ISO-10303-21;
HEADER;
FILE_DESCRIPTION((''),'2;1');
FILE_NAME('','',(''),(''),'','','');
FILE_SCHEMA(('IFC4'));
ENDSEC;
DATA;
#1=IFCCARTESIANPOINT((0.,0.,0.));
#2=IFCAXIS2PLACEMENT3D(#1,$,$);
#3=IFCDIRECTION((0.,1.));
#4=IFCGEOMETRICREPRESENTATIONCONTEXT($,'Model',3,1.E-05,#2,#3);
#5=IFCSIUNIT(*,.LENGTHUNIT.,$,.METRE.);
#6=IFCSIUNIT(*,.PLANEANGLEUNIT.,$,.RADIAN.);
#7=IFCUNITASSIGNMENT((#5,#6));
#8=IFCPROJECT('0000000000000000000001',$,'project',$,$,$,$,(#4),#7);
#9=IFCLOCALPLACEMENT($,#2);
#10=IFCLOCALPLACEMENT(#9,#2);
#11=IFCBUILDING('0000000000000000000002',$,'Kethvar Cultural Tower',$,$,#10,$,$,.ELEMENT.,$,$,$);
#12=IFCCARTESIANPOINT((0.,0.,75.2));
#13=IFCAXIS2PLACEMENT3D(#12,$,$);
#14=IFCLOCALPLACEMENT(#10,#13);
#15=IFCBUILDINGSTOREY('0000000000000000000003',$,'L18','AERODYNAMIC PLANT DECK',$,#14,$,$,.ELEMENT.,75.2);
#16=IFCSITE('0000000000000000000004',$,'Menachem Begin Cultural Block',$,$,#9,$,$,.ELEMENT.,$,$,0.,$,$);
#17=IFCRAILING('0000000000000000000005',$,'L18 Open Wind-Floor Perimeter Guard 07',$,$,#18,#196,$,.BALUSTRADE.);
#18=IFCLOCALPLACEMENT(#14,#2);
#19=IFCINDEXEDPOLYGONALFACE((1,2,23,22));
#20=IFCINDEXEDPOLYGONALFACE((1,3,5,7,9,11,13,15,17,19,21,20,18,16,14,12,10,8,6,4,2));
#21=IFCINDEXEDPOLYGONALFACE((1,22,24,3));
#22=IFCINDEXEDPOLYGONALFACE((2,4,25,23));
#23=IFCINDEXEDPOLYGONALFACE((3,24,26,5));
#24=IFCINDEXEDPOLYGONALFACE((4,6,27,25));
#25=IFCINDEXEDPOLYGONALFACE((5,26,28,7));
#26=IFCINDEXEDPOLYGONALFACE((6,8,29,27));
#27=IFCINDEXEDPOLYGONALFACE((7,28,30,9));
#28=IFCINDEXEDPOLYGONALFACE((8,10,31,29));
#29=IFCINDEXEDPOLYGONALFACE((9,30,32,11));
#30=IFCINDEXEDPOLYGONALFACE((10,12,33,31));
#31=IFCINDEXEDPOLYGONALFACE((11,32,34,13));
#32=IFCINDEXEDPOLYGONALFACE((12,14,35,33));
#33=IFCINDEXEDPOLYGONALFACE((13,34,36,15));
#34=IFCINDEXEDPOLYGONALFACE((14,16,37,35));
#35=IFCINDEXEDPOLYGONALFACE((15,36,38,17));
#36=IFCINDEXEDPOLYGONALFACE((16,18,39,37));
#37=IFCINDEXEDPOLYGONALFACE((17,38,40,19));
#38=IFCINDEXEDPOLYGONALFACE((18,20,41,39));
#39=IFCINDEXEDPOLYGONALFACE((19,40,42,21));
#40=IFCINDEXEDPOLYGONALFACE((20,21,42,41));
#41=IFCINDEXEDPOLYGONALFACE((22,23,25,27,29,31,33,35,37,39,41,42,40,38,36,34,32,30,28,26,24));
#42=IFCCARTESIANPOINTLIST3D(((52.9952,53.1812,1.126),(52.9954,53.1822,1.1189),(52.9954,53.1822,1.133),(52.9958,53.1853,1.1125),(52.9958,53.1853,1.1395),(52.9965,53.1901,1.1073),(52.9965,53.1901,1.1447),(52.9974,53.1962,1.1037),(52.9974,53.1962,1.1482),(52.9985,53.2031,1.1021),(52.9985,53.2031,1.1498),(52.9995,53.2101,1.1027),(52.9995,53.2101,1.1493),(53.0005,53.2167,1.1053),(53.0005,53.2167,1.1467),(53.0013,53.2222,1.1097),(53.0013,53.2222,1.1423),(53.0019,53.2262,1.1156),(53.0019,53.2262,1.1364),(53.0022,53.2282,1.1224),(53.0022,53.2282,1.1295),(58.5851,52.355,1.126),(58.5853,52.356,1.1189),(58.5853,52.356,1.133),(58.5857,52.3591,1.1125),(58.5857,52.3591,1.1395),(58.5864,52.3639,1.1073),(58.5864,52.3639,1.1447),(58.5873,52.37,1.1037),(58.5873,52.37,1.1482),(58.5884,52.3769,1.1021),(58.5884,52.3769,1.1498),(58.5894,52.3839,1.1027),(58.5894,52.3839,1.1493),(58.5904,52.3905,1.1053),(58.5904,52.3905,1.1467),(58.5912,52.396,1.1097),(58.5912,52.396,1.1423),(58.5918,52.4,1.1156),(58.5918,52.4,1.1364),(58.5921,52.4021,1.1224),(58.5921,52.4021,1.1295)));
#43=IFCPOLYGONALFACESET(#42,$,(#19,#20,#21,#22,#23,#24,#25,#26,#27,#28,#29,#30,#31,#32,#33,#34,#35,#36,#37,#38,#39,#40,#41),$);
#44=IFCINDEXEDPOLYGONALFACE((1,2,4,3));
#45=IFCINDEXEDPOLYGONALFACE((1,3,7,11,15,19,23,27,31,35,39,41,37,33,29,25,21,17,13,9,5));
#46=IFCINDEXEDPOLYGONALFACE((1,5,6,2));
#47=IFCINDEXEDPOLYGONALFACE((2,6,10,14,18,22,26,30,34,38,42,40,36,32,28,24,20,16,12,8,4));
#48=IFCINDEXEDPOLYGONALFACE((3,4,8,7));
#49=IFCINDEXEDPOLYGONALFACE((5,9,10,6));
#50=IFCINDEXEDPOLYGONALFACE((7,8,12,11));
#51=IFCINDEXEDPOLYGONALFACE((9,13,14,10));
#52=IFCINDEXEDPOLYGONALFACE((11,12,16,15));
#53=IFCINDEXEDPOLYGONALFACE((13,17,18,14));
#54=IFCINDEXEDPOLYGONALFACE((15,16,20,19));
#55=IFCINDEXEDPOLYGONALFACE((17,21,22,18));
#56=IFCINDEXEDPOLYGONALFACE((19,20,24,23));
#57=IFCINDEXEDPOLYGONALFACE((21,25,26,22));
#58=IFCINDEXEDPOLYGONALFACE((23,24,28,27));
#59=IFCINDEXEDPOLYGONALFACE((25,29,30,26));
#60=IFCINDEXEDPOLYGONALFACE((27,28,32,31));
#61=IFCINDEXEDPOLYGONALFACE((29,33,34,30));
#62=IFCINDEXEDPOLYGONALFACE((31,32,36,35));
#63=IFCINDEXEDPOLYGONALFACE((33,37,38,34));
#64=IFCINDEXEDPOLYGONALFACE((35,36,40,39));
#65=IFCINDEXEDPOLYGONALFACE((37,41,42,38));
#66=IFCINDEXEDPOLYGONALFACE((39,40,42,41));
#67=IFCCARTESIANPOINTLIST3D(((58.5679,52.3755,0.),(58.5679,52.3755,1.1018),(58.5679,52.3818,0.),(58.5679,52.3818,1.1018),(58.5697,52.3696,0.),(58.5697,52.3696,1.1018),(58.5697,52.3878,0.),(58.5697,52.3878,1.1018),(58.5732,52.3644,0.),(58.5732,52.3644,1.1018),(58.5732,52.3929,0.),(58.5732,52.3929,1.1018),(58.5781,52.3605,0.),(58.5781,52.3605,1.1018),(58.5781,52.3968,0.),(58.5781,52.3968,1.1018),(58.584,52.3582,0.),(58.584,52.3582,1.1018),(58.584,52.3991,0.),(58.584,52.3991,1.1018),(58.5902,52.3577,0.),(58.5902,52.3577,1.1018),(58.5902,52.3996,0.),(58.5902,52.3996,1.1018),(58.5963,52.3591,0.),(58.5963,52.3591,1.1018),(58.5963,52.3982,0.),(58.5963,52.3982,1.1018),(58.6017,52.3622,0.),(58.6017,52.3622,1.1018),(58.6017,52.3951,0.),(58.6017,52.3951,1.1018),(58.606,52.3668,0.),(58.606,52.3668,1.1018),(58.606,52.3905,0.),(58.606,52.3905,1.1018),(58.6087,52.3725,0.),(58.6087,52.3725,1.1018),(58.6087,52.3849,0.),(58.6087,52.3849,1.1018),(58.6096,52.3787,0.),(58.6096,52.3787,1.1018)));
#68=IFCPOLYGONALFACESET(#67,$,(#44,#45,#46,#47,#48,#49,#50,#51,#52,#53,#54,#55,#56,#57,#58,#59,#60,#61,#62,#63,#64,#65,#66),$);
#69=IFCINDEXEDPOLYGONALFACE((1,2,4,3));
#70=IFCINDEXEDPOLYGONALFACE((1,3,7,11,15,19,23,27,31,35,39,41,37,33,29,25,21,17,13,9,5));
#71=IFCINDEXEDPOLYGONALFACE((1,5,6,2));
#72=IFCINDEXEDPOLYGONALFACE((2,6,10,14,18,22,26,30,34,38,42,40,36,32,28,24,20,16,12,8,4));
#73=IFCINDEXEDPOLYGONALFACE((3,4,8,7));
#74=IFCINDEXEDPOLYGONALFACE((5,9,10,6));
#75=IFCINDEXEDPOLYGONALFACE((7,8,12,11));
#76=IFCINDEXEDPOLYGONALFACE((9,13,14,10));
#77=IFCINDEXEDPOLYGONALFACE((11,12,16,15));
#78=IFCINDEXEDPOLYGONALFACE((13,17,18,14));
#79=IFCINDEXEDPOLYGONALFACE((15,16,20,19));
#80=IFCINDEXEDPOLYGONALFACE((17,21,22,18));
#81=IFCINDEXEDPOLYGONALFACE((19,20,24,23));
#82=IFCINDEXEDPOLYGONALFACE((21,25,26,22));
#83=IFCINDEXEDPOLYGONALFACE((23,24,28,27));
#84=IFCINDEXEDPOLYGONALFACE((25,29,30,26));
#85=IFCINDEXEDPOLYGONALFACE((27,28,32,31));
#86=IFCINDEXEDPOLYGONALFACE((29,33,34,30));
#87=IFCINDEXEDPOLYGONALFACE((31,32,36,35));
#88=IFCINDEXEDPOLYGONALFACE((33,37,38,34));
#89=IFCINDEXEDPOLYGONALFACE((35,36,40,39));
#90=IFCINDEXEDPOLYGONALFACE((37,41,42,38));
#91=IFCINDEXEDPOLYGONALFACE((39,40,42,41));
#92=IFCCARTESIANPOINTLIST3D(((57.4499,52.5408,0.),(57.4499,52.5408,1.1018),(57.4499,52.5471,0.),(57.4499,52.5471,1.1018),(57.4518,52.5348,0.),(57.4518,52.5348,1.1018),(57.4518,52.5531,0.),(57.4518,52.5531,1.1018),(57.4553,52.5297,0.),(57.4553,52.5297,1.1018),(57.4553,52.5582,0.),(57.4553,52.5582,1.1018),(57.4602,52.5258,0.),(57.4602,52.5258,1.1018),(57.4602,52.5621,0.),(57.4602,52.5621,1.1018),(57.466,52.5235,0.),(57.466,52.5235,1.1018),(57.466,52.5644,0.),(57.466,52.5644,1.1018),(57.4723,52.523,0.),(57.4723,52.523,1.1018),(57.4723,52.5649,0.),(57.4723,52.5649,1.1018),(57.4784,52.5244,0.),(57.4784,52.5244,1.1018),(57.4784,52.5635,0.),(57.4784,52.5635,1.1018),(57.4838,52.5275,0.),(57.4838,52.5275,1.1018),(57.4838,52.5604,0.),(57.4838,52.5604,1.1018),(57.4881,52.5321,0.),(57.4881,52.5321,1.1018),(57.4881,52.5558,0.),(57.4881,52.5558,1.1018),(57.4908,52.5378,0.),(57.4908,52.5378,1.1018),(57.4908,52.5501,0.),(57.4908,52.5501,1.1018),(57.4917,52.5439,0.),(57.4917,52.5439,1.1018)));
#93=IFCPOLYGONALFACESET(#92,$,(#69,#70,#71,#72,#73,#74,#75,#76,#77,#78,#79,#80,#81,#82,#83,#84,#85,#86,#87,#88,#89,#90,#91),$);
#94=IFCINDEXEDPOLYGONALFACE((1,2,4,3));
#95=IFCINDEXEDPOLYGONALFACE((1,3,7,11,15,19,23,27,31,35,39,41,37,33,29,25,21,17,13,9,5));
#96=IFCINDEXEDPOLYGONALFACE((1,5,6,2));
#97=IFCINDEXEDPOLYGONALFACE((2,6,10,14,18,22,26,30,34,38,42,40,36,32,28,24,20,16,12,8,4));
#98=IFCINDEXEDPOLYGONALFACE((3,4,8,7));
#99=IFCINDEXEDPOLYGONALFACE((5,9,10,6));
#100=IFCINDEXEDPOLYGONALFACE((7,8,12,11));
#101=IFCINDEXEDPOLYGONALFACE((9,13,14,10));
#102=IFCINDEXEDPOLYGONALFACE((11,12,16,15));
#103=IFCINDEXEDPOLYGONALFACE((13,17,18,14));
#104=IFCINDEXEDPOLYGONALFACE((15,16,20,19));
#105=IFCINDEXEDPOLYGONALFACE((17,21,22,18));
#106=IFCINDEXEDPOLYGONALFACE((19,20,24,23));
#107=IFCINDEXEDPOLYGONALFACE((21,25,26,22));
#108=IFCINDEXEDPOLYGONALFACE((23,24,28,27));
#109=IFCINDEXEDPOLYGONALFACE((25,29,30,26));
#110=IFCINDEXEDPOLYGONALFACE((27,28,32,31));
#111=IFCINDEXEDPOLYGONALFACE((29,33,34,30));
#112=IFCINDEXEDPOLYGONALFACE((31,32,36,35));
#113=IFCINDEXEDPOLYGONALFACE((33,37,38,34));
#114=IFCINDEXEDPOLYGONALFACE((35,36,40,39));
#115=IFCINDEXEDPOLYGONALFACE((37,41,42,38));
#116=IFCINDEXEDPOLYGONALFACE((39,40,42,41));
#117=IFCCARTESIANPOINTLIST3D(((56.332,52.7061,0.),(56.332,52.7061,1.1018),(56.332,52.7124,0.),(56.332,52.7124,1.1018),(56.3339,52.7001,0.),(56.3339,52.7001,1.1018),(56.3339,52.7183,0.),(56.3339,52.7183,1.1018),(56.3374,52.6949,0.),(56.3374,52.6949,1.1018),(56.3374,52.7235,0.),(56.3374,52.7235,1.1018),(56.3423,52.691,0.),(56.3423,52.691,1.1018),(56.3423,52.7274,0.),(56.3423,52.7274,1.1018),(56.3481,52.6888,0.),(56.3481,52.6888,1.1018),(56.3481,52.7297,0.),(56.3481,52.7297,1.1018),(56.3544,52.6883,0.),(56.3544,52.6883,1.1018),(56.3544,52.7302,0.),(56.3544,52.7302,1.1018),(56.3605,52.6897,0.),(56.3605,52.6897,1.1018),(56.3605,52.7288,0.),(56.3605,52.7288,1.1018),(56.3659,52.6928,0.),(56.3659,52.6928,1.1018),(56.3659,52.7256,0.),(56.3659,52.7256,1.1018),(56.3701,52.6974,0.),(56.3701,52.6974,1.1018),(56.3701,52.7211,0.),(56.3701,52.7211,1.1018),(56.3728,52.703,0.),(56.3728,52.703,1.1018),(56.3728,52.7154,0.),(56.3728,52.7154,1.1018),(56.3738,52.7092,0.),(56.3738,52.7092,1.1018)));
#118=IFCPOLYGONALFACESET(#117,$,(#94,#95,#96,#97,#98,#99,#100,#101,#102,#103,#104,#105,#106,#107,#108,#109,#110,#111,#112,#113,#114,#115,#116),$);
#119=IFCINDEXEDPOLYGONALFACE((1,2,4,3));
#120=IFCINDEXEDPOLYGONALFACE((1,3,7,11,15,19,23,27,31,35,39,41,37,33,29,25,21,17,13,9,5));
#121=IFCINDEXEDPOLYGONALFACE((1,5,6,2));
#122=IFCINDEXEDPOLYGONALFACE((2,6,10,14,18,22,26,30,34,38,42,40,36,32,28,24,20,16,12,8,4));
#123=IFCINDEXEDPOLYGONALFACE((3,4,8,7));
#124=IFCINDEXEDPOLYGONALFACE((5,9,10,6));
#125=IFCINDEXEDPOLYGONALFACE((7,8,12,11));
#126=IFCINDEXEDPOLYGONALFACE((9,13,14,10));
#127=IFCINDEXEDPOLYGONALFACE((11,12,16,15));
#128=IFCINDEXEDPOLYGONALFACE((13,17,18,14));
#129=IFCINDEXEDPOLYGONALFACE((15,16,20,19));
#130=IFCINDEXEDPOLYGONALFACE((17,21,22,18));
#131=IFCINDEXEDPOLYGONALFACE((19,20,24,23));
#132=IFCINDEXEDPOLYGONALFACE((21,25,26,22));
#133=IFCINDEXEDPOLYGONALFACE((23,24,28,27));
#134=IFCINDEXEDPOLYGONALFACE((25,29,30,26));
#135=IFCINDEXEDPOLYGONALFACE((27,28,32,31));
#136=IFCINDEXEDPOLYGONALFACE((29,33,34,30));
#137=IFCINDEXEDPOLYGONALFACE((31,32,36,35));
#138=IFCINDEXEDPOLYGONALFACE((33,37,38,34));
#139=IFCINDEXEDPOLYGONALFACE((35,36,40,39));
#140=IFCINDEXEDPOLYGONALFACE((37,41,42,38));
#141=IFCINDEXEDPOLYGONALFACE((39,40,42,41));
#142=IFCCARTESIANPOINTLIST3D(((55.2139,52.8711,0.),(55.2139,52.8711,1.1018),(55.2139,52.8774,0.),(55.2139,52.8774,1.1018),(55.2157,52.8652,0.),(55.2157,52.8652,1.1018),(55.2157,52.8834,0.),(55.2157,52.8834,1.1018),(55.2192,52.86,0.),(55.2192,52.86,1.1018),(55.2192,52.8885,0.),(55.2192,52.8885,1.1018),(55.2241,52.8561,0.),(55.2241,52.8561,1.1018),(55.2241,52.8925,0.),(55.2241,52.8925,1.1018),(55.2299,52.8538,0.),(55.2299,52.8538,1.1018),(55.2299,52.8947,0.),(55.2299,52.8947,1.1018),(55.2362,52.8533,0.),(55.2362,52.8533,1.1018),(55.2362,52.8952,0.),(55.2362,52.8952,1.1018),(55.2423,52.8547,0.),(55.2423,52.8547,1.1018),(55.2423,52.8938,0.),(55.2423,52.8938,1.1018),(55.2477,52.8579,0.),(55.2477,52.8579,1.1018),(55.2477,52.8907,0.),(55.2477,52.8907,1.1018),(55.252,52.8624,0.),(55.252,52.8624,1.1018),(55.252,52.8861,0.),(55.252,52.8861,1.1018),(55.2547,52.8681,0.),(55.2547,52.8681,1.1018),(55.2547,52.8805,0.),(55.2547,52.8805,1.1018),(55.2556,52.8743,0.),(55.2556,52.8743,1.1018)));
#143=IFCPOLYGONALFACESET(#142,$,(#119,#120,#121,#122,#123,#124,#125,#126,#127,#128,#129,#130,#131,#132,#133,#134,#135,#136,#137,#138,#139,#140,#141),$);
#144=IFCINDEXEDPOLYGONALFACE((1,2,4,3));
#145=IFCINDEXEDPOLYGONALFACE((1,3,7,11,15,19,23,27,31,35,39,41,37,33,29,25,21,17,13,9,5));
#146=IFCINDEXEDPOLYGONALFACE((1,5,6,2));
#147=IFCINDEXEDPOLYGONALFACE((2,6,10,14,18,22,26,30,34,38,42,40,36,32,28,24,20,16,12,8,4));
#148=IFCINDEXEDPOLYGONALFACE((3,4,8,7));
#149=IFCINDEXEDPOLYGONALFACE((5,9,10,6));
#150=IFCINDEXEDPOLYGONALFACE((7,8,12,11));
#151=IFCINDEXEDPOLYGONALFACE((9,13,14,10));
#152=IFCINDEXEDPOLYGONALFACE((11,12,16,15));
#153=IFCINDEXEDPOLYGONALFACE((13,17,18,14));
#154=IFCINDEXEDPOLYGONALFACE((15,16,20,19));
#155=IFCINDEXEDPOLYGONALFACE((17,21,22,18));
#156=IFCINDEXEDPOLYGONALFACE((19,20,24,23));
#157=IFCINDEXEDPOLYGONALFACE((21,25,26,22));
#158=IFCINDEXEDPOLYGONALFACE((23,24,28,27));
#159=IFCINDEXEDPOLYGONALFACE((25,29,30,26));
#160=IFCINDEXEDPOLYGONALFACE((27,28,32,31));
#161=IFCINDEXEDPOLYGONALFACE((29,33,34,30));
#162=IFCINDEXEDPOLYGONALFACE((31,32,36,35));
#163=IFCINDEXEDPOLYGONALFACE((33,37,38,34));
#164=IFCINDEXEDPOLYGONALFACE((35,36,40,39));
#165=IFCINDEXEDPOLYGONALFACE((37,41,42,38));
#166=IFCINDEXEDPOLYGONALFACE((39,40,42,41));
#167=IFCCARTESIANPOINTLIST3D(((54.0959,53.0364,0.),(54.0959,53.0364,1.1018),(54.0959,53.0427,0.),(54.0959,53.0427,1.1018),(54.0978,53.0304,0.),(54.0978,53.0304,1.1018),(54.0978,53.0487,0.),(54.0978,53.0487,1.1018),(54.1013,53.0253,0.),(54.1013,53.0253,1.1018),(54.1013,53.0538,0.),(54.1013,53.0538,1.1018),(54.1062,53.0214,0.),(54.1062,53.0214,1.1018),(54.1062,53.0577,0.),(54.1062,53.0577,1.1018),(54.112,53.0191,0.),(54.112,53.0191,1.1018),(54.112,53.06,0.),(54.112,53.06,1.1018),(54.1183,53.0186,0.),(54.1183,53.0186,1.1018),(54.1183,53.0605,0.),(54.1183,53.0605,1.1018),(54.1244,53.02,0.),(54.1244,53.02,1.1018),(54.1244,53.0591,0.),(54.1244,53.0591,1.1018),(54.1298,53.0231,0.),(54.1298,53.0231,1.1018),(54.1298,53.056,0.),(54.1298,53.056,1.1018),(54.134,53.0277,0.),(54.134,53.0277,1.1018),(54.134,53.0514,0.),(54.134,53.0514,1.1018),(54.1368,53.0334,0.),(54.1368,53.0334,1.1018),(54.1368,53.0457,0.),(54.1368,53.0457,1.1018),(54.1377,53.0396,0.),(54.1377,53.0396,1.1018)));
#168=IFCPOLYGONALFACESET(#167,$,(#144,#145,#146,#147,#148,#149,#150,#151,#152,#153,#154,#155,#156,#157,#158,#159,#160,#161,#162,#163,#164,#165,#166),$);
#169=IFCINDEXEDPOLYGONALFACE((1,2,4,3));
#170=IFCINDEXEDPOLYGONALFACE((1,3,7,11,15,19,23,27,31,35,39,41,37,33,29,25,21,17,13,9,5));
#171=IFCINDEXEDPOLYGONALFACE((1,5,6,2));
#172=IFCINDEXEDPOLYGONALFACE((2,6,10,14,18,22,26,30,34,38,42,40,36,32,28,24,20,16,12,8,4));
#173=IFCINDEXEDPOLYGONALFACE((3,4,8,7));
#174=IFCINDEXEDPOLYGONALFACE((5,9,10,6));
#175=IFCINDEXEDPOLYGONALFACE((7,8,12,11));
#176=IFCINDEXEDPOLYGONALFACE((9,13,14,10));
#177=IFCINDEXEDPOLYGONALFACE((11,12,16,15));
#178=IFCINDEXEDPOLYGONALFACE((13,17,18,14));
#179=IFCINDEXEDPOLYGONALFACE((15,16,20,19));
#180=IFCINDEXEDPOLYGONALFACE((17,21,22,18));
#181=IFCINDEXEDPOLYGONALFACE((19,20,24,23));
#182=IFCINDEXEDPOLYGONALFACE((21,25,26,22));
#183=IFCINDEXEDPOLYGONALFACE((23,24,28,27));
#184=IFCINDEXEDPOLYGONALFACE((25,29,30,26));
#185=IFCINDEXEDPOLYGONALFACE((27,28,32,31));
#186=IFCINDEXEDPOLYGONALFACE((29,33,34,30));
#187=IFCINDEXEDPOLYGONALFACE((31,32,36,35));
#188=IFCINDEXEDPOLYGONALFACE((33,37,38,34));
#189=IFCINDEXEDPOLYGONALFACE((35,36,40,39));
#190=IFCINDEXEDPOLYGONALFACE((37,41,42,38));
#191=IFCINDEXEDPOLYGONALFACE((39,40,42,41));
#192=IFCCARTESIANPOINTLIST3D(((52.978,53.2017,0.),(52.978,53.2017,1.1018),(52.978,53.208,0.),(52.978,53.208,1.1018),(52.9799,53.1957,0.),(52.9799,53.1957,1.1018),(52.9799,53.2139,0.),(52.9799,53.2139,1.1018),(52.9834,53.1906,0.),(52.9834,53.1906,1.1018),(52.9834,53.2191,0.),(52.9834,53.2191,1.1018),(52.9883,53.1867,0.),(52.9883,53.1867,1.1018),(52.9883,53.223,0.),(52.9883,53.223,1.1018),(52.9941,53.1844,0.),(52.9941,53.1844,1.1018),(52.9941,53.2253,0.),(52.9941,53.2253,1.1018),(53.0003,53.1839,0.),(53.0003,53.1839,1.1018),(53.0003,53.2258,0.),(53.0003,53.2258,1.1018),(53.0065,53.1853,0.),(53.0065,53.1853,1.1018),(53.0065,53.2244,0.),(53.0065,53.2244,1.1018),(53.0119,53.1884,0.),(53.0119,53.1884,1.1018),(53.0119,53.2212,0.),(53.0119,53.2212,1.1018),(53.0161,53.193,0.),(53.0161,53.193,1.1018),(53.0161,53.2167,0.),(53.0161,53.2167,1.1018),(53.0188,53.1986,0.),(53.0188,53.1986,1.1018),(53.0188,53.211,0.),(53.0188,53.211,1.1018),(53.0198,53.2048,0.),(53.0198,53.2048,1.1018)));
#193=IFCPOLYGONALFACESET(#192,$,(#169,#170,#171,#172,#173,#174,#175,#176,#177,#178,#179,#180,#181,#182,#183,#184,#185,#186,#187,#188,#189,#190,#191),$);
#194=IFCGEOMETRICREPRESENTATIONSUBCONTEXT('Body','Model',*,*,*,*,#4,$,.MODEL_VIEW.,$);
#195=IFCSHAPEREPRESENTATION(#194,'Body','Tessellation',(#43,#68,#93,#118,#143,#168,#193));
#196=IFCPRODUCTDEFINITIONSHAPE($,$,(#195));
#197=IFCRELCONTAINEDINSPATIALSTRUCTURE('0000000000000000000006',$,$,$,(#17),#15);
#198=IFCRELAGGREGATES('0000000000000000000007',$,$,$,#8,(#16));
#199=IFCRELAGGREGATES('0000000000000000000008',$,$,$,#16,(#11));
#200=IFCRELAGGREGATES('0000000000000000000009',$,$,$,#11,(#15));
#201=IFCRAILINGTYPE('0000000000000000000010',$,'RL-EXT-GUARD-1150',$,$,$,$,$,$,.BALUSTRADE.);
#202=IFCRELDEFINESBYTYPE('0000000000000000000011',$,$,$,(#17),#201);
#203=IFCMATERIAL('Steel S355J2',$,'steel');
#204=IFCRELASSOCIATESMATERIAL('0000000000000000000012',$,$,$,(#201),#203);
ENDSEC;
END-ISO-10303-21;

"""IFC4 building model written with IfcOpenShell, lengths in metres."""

from ifc_helpers import new_model, si_unit, direction, frame, origin, origin_2d, place, context, subcontext, project, spatial, circle, extrude, material, type_object, element, save


model = new_model("IFC4")

# Units and contexts
model_context = context("Model", 3, precision=1e-05, world=origin(), true_north=direction((0.0, 1.0)))
body_context = subcontext(model_context, "Body", "Model", "MODEL_VIEW")
ifc_project = project(units=[si_unit("LENGTHUNIT", "METRE"), si_unit("PLANEANGLEUNIT", "RADIAN")], contexts=[model_context])

# Site, building, storey
site_placement = place(None, origin())
site = spatial("IfcSite", under=ifc_project, at=site_placement, Name="Menachem Begin Cultural Block", CompositionType="ELEMENT", RefElevation=0.0)
building_placement = place(site_placement, origin())
building = spatial("IfcBuilding", under=site, at=building_placement, Name="Kethvar Cultural Tower", CompositionType="ELEMENT")
storey_placement = place(building_placement, frame((0.0, 0.0, 75.2)))
storey = spatial("IfcBuildingStorey", under=building, at=storey_placement, Name="L18", Description="AERODYNAMIC PLANT DECK", CompositionType="ELEMENT", Elevation=75.2)

# Shared definitions
ifc_material_1 = material(Name="Steel S355J2", Category="steel")

# Railing
railing_type = type_object("IfcRailingType", Name="RL-EXT-GUARD-1150", PredefinedType="BALUSTRADE", material=ifc_material_1)
railing_1_placement = place(storey_placement, frame((58.5886, 52.3787, 0.0)))
element("IfcRailing", 1, at=railing_1_placement, inside=storey, type_object=railing_type, Name="L18 Open Wind-Floor Perimeter Guard 07", PredefinedType="BALUSTRADE", context=body_context, shape_type="SweptSolid", body=[
    extrude(circle(Radius=0.0239, at=origin_2d()), frame((0.0, 0.0, 1.126), z_axis=(-0.989254, 0.14621, 0.0), x_axis=(-0.14621, -0.989254, 0.0)), (0.0, 0.0, 1.0), 5.6506),
    extrude(circle(Radius=0.021, at=origin_2d()), origin(), (0.0, 0.0, 1.0), 1.1018),
    extrude(circle(Radius=0.021, at=origin_2d()), frame((-1.1179, 0.1653, 0.0)), (0.0, 0.0, 1.0), 1.1018),
    extrude(circle(Radius=0.021, at=origin_2d()), frame((-2.2358, 0.3306, 0.0)), (0.0, 0.0, 1.0), 1.1018),
    extrude(circle(Radius=0.021, at=origin_2d()), frame((-3.354, 0.4956, 0.0)), (0.0, 0.0, 1.0), 1.1018),
    extrude(circle(Radius=0.021, at=origin_2d()), frame((-4.4719, 0.6609, 0.0)), (0.0, 0.0, 1.0), 1.1018),
    extrude(circle(Radius=0.021, at=origin_2d()), frame((-5.5898, 0.8262, 0.0)), (0.0, 0.0, 1.0), 1.1018),
])

save(model, "model.ifc")
